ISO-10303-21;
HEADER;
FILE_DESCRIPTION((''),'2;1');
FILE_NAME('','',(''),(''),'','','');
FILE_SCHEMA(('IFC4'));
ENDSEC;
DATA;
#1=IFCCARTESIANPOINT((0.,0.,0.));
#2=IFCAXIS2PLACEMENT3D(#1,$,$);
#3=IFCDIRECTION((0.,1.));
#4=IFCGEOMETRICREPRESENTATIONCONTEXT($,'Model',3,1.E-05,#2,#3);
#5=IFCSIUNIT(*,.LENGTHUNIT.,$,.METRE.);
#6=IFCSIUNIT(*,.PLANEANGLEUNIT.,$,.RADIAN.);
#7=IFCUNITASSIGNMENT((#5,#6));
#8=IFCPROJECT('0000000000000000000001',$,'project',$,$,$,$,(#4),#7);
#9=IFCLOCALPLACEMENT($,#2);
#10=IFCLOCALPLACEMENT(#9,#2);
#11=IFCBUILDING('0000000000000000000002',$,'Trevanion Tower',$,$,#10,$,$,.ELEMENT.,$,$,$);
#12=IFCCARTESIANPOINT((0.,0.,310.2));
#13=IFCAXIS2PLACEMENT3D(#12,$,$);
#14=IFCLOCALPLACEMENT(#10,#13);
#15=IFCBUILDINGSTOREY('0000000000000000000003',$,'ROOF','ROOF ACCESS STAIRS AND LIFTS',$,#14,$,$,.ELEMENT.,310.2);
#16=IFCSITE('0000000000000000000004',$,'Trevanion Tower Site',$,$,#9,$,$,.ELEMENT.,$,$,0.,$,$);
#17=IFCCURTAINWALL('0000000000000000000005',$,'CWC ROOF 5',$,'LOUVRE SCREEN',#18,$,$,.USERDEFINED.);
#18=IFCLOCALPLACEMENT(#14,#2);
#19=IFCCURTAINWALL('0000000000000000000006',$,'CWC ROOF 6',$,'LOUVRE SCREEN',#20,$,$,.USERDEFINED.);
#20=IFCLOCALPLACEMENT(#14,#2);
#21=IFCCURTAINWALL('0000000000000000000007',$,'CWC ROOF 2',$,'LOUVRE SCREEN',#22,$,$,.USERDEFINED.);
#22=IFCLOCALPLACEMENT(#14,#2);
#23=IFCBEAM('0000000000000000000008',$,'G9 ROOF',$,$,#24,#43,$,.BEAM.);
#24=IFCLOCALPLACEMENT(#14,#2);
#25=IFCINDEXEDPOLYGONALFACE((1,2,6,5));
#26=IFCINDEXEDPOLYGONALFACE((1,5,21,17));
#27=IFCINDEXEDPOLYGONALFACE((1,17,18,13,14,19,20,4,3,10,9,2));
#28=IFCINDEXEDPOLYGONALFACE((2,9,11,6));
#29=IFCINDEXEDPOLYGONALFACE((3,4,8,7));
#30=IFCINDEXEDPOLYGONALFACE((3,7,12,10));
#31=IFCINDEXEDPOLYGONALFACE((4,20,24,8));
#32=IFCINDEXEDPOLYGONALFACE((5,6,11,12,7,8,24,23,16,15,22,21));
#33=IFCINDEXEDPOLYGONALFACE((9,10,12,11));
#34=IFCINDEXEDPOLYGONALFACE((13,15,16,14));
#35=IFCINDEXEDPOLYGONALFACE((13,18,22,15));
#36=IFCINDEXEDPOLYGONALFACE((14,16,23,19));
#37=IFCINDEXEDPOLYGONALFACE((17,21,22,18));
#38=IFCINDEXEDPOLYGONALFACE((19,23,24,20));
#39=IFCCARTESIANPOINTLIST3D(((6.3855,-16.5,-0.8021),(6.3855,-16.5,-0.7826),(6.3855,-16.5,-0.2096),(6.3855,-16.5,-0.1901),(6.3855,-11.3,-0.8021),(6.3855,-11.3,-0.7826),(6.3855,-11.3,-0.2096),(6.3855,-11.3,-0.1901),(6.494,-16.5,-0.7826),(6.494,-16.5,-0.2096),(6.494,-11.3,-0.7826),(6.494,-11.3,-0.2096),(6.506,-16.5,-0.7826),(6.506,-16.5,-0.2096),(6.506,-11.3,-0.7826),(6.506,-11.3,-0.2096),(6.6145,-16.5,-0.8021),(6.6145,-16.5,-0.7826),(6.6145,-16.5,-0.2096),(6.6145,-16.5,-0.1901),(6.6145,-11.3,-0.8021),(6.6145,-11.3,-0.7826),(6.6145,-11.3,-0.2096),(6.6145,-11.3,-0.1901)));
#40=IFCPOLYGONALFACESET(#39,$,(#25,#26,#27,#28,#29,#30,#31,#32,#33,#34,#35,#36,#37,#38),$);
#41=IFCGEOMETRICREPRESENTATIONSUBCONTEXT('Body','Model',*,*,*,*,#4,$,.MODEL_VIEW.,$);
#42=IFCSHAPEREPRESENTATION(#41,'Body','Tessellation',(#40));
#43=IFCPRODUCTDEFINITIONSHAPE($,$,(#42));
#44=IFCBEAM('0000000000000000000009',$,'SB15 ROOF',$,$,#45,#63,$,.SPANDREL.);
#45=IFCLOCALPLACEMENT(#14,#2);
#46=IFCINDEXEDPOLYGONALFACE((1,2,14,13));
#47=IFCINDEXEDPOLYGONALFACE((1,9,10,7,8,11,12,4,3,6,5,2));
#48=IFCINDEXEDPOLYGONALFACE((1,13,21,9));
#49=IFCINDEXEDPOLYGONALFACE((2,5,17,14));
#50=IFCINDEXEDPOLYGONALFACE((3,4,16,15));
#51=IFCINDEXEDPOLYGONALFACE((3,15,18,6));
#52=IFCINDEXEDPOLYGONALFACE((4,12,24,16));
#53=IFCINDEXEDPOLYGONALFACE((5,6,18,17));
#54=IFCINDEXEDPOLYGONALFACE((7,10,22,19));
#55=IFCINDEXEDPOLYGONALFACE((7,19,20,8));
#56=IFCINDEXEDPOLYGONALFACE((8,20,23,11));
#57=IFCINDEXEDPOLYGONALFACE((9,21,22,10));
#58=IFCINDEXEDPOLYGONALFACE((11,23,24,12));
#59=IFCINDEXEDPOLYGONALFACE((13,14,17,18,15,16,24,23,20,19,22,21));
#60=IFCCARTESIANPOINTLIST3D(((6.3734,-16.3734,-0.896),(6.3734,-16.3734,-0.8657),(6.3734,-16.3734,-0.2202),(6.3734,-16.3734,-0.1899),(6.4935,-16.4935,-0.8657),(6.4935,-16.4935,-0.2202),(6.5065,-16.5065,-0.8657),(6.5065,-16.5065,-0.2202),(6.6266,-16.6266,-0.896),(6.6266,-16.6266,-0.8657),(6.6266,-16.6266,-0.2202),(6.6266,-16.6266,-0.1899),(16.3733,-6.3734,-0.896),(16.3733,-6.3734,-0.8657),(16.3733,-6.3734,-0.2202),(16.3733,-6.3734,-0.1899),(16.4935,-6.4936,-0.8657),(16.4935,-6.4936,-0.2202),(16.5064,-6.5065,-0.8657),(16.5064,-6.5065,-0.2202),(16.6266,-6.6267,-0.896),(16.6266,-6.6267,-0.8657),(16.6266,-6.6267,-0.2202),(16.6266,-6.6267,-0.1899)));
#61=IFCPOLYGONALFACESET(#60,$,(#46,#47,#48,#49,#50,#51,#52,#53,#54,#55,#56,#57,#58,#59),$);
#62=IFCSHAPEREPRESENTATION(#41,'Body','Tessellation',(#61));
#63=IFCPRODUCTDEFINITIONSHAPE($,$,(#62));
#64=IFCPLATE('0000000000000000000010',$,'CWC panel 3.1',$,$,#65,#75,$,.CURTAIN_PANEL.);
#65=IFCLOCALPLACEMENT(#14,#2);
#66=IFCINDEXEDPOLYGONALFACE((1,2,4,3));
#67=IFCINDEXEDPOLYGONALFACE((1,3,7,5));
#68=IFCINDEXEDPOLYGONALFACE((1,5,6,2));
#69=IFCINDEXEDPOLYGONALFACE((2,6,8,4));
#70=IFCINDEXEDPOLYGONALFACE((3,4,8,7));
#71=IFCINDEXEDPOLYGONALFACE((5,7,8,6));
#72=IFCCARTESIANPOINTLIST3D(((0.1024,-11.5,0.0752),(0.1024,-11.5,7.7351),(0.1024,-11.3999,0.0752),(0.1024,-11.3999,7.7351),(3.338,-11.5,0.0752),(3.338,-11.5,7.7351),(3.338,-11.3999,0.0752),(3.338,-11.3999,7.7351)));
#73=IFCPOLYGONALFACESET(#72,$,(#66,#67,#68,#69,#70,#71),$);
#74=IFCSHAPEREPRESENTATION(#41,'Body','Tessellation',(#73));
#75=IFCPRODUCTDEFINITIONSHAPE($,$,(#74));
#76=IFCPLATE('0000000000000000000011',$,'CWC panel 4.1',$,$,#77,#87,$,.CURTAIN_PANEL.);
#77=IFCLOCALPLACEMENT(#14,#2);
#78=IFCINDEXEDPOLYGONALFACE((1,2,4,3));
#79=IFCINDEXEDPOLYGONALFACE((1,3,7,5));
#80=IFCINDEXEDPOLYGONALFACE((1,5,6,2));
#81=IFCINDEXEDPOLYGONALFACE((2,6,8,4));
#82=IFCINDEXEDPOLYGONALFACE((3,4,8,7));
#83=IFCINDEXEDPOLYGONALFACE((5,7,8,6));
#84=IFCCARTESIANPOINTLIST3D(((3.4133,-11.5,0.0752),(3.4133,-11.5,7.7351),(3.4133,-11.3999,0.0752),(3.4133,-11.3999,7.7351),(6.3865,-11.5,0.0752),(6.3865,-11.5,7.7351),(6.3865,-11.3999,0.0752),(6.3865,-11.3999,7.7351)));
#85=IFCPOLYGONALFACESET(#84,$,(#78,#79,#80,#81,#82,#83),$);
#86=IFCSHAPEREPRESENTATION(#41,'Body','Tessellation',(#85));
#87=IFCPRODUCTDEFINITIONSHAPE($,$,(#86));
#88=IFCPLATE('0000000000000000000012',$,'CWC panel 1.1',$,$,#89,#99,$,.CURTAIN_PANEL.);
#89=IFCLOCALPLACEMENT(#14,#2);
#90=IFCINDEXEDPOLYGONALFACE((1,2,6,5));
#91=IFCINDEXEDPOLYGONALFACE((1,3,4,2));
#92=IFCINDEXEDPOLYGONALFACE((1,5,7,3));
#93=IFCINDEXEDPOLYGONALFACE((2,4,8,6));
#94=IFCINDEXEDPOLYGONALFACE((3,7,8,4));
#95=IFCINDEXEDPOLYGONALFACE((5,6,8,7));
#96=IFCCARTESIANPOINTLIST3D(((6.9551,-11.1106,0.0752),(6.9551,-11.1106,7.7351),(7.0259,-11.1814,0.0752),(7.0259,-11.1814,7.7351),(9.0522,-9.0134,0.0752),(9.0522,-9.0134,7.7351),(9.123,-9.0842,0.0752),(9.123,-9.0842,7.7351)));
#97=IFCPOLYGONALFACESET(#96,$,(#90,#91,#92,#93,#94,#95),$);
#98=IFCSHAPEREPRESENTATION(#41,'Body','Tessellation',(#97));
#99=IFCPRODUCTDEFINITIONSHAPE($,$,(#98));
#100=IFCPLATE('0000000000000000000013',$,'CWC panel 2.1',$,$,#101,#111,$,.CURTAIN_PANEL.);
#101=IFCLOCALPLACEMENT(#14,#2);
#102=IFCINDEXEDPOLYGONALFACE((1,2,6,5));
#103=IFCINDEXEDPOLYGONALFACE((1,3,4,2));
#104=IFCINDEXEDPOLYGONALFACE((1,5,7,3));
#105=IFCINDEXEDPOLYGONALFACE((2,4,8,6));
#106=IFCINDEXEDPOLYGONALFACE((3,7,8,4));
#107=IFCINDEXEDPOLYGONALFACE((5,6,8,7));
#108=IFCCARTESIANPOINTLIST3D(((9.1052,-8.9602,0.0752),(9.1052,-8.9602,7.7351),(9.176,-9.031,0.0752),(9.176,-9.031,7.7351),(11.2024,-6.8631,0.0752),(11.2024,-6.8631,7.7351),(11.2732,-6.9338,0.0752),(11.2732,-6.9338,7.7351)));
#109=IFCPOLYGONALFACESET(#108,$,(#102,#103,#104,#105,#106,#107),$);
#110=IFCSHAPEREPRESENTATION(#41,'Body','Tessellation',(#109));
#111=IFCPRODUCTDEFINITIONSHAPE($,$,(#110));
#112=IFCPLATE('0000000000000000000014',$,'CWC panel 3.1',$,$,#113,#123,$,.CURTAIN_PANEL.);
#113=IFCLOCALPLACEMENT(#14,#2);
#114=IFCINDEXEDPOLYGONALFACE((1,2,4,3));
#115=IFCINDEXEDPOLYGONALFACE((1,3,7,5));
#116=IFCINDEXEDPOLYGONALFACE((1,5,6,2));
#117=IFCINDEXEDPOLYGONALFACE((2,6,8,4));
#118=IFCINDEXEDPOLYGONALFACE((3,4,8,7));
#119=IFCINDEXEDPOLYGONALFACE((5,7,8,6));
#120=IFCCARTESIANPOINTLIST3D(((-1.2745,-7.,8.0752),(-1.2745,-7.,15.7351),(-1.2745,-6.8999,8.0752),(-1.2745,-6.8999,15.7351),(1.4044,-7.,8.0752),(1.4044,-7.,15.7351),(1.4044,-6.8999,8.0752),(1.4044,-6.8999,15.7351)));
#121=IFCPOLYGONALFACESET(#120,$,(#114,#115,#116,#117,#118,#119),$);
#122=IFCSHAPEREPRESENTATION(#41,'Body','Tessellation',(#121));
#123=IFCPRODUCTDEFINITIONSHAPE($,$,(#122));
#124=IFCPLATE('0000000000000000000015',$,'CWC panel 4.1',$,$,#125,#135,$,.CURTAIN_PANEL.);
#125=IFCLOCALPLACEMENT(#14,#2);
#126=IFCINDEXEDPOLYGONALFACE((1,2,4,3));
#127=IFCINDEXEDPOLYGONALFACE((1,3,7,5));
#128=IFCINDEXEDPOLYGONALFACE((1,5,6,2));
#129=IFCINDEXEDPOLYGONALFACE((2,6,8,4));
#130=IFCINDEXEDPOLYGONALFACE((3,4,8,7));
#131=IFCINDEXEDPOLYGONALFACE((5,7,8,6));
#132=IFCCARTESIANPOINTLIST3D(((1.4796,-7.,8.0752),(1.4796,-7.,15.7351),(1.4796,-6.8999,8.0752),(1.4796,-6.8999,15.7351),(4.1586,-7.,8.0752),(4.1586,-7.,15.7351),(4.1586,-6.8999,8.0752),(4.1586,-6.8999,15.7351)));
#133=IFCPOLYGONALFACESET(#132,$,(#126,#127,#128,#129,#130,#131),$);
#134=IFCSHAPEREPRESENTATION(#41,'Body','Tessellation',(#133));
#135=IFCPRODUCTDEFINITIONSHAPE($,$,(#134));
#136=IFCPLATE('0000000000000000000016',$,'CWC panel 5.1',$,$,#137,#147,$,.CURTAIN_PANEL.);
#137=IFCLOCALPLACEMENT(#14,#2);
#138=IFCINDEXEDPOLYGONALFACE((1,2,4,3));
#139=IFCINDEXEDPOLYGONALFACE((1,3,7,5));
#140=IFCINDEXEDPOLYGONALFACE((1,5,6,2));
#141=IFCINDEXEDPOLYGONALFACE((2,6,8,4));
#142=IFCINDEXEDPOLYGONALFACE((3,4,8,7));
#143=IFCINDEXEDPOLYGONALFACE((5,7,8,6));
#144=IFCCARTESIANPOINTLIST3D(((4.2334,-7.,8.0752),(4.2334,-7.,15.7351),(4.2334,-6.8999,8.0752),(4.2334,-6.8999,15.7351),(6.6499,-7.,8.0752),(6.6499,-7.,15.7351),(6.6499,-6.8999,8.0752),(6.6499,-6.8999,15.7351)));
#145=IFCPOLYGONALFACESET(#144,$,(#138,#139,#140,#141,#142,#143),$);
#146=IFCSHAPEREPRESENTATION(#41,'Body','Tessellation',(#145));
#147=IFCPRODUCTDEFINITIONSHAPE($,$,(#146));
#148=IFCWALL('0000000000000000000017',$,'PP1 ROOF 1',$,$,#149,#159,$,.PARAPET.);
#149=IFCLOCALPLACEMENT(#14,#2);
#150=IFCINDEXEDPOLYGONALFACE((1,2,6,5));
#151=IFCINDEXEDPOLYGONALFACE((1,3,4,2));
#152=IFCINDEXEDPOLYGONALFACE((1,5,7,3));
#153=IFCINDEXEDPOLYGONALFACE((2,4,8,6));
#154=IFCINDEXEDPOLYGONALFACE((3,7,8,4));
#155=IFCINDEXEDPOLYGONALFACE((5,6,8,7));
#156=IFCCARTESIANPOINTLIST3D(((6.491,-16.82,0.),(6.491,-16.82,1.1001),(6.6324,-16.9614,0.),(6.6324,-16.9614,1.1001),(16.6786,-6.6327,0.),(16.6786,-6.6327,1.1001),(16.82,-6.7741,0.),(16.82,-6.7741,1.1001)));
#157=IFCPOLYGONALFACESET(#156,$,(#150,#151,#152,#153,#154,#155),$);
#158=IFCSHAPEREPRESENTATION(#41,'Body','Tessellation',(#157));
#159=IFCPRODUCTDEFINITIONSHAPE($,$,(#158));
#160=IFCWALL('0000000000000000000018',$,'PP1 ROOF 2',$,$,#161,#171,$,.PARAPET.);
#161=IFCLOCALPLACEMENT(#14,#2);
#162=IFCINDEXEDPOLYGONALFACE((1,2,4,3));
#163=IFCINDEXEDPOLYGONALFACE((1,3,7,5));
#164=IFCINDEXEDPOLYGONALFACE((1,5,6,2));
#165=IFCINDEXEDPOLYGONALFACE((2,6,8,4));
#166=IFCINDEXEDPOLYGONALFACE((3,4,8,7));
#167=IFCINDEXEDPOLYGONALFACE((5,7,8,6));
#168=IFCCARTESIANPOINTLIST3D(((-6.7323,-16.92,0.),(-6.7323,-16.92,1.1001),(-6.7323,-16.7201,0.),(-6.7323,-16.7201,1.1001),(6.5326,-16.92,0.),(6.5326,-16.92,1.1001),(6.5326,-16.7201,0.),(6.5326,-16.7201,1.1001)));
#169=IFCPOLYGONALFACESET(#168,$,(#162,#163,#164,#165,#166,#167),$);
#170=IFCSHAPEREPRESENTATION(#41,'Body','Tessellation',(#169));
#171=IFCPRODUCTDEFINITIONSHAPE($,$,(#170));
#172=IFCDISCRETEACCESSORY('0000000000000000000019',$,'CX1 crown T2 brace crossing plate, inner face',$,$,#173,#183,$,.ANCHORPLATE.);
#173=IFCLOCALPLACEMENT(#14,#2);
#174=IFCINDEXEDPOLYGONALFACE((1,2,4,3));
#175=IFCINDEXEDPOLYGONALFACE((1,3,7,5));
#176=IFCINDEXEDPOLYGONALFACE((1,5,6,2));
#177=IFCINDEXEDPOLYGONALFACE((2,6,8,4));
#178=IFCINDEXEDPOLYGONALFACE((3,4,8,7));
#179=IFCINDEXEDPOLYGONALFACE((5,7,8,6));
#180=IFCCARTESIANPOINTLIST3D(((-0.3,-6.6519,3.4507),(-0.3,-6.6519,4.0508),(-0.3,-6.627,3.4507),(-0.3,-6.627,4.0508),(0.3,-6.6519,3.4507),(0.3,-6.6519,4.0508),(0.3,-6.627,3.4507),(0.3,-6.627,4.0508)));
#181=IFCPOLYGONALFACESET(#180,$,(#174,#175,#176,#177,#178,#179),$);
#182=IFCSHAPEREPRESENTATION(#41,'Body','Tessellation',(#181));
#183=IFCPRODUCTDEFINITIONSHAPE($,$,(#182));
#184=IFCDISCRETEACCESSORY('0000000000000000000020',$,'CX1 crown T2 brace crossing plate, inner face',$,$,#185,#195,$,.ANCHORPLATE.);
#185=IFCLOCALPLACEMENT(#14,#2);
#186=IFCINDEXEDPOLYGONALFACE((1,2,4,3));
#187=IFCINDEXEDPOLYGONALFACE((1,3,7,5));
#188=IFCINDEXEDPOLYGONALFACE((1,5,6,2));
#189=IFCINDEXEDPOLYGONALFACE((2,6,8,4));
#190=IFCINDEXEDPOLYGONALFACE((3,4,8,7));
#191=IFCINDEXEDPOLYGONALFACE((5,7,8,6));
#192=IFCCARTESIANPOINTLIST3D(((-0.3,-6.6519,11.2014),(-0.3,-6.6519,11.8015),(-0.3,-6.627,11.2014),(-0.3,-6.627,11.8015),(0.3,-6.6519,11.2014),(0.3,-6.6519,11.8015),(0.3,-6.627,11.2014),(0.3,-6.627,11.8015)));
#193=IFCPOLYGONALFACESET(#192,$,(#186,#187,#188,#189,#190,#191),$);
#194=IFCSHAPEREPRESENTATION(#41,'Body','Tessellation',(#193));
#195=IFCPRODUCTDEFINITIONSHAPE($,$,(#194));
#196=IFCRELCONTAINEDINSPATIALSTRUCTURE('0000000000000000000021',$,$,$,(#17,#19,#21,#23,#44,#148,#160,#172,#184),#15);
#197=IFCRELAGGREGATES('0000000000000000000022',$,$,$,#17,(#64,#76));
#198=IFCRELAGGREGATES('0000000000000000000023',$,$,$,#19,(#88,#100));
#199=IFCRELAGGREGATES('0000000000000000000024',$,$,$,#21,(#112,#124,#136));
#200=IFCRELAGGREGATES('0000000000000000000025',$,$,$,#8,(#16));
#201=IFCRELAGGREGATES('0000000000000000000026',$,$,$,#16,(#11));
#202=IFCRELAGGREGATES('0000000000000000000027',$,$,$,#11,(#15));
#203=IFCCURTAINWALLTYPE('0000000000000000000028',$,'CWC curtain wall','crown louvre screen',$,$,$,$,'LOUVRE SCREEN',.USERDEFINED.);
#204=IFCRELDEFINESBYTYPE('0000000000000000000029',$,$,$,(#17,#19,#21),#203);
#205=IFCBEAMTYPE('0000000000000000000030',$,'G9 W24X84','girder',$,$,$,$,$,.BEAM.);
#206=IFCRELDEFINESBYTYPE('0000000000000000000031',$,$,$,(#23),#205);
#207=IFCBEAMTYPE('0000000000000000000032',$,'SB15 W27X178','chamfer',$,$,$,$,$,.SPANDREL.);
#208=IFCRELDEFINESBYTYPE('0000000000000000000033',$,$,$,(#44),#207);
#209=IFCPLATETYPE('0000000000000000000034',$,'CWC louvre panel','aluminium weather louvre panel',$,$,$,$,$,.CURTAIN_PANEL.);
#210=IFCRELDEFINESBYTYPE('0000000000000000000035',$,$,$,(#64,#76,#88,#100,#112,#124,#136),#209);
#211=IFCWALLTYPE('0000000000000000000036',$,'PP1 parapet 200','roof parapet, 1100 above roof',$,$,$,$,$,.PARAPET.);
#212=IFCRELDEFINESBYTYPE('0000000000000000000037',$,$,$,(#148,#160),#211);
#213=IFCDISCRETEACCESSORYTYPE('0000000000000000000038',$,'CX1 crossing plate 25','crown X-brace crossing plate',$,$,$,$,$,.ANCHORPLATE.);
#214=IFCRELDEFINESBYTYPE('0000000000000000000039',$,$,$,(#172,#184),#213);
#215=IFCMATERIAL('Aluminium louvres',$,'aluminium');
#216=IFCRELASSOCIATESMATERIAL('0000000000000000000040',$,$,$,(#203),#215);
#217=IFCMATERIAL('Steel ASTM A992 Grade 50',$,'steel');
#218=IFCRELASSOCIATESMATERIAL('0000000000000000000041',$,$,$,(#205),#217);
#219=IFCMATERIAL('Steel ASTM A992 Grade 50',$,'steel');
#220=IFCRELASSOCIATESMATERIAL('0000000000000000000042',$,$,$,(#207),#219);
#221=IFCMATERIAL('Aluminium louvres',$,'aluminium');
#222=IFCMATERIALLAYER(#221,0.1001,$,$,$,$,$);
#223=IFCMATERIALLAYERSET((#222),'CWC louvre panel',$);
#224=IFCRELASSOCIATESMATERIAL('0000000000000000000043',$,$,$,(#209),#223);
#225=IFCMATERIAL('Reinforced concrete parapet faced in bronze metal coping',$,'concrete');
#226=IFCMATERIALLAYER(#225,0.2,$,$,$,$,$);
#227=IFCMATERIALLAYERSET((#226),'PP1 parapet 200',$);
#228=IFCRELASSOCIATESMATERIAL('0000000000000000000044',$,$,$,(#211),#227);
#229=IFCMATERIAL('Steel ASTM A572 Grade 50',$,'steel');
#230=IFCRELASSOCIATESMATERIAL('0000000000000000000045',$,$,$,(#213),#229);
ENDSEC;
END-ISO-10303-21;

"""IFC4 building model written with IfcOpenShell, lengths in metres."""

from ifc_helpers import new_model, si_unit, direction, frame, frame_2d, origin, origin_2d, place, context, subcontext, project, spatial, rectangle, i_section, extrude, material, layer, layer_set, material_profile, profile_set, type_object, element, aggregate, save


model = new_model("IFC4")

# Units and contexts
model_context = context("Model", 3, precision=1e-05, world=origin(), true_north=direction((0.0, 1.0)))
body_context = subcontext(model_context, "Body", "Model", "MODEL_VIEW")
ifc_project = project(units=[si_unit("LENGTHUNIT", "METRE"), si_unit("PLANEANGLEUNIT", "RADIAN")], contexts=[model_context])

# Site, building, storey
site_placement = place(None, origin())
site = spatial("IfcSite", under=ifc_project, at=site_placement, Name="Trevanion Tower Site", CompositionType="ELEMENT", RefElevation=0.0)
building_placement = place(site_placement, origin())
building = spatial("IfcBuilding", under=site, at=building_placement, Name="Trevanion Tower", CompositionType="ELEMENT")
storey_placement = place(building_placement, frame((0.0, 0.0, 310.2)))
storey = spatial("IfcBuildingStorey", under=building, at=storey_placement, Name="ROOF", Description="ROOF ACCESS STAIRS AND LIFTS", CompositionType="ELEMENT", Elevation=310.2)

# Curtain wall
ifc_material_1 = material(Name="Aluminium louvres", Category="aluminium")
curtain_wall_type = type_object("IfcCurtainWallType", Name="CWC curtain wall", Description="crown louvre screen", ElementType="LOUVRE SCREEN", PredefinedType="USERDEFINED", material=ifc_material_1)
curtain_wall_1_placement = place(storey_placement, origin())
curtain_wall_1 = element("IfcCurtainWall", 1, at=curtain_wall_1_placement, inside=storey, type_object=curtain_wall_type, Name="CWC ROOF 5", ObjectType="LOUVRE SCREEN", PredefinedType="USERDEFINED")

# Curtain wall
curtain_wall_2_placement = place(storey_placement, origin())
curtain_wall_2 = element("IfcCurtainWall", 2, at=curtain_wall_2_placement, inside=storey, type_object=curtain_wall_type, Name="CWC ROOF 6", ObjectType="LOUVRE SCREEN", PredefinedType="USERDEFINED")

# Curtain wall
curtain_wall_3_placement = place(storey_placement, origin())
curtain_wall_3 = element("IfcCurtainWall", 3, at=curtain_wall_3_placement, inside=storey, type_object=curtain_wall_type, Name="CWC ROOF 2", ObjectType="LOUVRE SCREEN", PredefinedType="USERDEFINED")

# Beams
ifc_material_2 = material(Name="Steel ASTM A992 Grade 50", Category="steel")
ifc_material_profile_1 = material_profile(ifc_material_2, i_section(OverallWidth=0.229, OverallDepth=0.6121, WebThickness=0.012, FlangeThickness=0.0195, at=origin_2d()), Name="W24X84")
ifc_profile_set_1 = profile_set([ifc_material_profile_1], Name="Steel ASTM A992 Grade 50")
beam_type_1 = type_object("IfcBeamType", Name="G9 W24X84", Description="girder", PredefinedType="BEAM", material=ifc_profile_set_1)
beam_1_placement = place(storey_placement, frame((6.5, -11.3, -0.4961), z_axis=(0.0, -1.0, 0.0), x_axis=(1.0, 0.0, 0.0)))
element("IfcBeam", 4, at=beam_1_placement, inside=storey, type_object=beam_type_1, Name="G9 ROOF", PredefinedType="BEAM", context=body_context, shape_type="SweptSolid", body=[
    extrude(i_section(OverallWidth=0.229, OverallDepth=0.6121, WebThickness=0.012, FlangeThickness=0.0195, at=origin_2d()), origin(), (0.0, 0.0, 1.0), 5.2),
])
ifc_material_3 = material(Name="Steel ASTM A992 Grade 50", Category="steel")
ifc_material_profile_2 = material_profile(ifc_material_3, i_section(OverallWidth=0.3582, OverallDepth=0.7061, WebThickness=0.0183, FlangeThickness=0.0303, at=origin_2d()), Name="W27X178")
ifc_profile_set_2 = profile_set([ifc_material_profile_2], Name="Steel ASTM A992 Grade 50")
beam_type_2 = type_object("IfcBeamType", Name="SB15 W27X178", Description="chamfer", PredefinedType="SPANDREL", material=ifc_profile_set_2)
beam_2_placement = place(storey_placement, frame((6.5, -16.5, -0.543), z_axis=(0.707107, 0.707107, 0.0), x_axis=(-0.707107, 0.707107, 0.0)))
element("IfcBeam", 5, at=beam_2_placement, inside=storey, type_object=beam_type_2, Name="SB15 ROOF", PredefinedType="SPANDREL", context=body_context, shape_type="SweptSolid", body=[
    extrude(i_section(OverallWidth=0.3582, OverallDepth=0.7061, WebThickness=0.0183, FlangeThickness=0.0303, at=origin_2d()), origin(), (0.0, 0.0, 1.0), 14.1421),
])

# Plates
ifc_material_4 = material(Name="Aluminium louvres", Category="aluminium")
ifc_layer_1 = layer(ifc_material_4, 0.1001)
ifc_layer_set_1 = layer_set([ifc_layer_1], Name="CWC louvre panel")
plate_type = type_object("IfcPlateType", Name="CWC louvre panel", Description="aluminium weather louvre panel", PredefinedType="CURTAIN_PANEL", material=ifc_layer_set_1)
plate_1_placement = place(storey_placement, frame((1.7202, -11.45, 0.0752), z_axis=(0.0, 0.0, 1.0), x_axis=(1.0, 0.0, 0.0)))
plate_1 = element("IfcPlate", 6, at=plate_1_placement, type_object=plate_type, Name="CWC panel 3.1", PredefinedType="CURTAIN_PANEL", context=body_context, shape_type="SweptSolid", body=[
    extrude(rectangle(XDim=3.2356, YDim=0.1001, at=origin_2d()), origin(), (0.0, 0.0, 1.0), 7.6599),
])
plate_2_placement = place(storey_placement, frame((4.8999, -11.45, 0.0752), z_axis=(0.0, 0.0, 1.0), x_axis=(1.0, 0.0, 0.0)))
plate_2 = element("IfcPlate", 7, at=plate_2_placement, type_object=plate_type, Name="CWC panel 4.1", PredefinedType="CURTAIN_PANEL", context=body_context, shape_type="SweptSolid", body=[
    extrude(rectangle(XDim=2.9731, YDim=0.1001, at=origin_2d()), origin(), (0.0, 0.0, 1.0), 7.6599),
])
aggregate(curtain_wall_1, [plate_1, plate_2])
plate_3_placement = place(storey_placement, frame((8.0391, -10.0974, 0.0752), z_axis=(0.0, 0.0, 1.0), x_axis=(0.707107, 0.707107, 0.0)))
plate_3 = element("IfcPlate", 8, at=plate_3_placement, type_object=plate_type, Name="CWC panel 1.1", PredefinedType="CURTAIN_PANEL", context=body_context, shape_type="SweptSolid", body=[
    extrude(rectangle(XDim=2.9658, YDim=0.1001, at=origin_2d()), origin(), (0.0, 0.0, 1.0), 7.6599),
])
plate_4_placement = place(storey_placement, frame((10.1892, -7.947, 0.0752), z_axis=(0.0, 0.0, 1.0), x_axis=(0.707107, 0.707107, 0.0)))
plate_4 = element("IfcPlate", 9, at=plate_4_placement, type_object=plate_type, Name="CWC panel 2.1", PredefinedType="CURTAIN_PANEL", context=body_context, shape_type="SweptSolid", body=[
    extrude(rectangle(XDim=2.9658, YDim=0.1001, at=origin_2d()), origin(), (0.0, 0.0, 1.0), 7.6599),
])
aggregate(curtain_wall_2, [plate_3, plate_4])
plate_5_placement = place(storey_placement, frame((0.0649, -6.95, 8.0752), z_axis=(0.0, 0.0, 1.0), x_axis=(1.0, 0.0, 0.0)))
plate_5 = element("IfcPlate", 10, at=plate_5_placement, type_object=plate_type, Name="CWC panel 3.1", PredefinedType="CURTAIN_PANEL", context=body_context, shape_type="SweptSolid", body=[
    extrude(rectangle(XDim=2.679, YDim=0.1001, at=origin_2d()), origin(), (0.0, 0.0, 1.0), 7.6599),
])
plate_6_placement = place(storey_placement, frame((2.8191, -6.95, 8.0752), z_axis=(0.0, 0.0, 1.0), x_axis=(1.0, 0.0, 0.0)))
plate_6 = element("IfcPlate", 11, at=plate_6_placement, type_object=plate_type, Name="CWC panel 4.1", PredefinedType="CURTAIN_PANEL", context=body_context, shape_type="SweptSolid", body=[
    extrude(rectangle(XDim=2.679, YDim=0.1001, at=origin_2d()), origin(), (0.0, 0.0, 1.0), 7.6599),
])
plate_7_placement = place(storey_placement, frame((5.4417, -6.95, 8.0752), z_axis=(0.0, 0.0, 1.0), x_axis=(1.0, 0.0, 0.0)))
plate_7 = element("IfcPlate", 12, at=plate_7_placement, type_object=plate_type, Name="CWC panel 5.1", PredefinedType="CURTAIN_PANEL", context=body_context, shape_type="SweptSolid", body=[
    extrude(rectangle(XDim=2.4165, YDim=0.1001, at=origin_2d()), origin(), (0.0, 0.0, 1.0), 7.6599),
])
aggregate(curtain_wall_3, [plate_5, plate_6, plate_7])

# Walls
ifc_material_5 = material(Name="Reinforced concrete parapet faced in bronze metal coping", Category="concrete")
ifc_layer_2 = layer(ifc_material_5, 0.2)
ifc_layer_set_2 = layer_set([ifc_layer_2], Name="PP1 parapet 200")
wall_type = type_object("IfcWallType", Name="PP1 parapet 200", Description="roof parapet, 1100 above roof", PredefinedType="PARAPET", material=ifc_layer_set_2)
wall_1_placement = place(storey_placement, frame((16.7493, -6.7034, 0.0), z_axis=(0.0, 0.0, 1.0), x_axis=(-0.707115, -0.707098, 0.0)))
element("IfcWall", 13, at=wall_1_placement, inside=storey, type_object=wall_type, Name="PP1 ROOF 1", PredefinedType="PARAPET", context=body_context, shape_type="SweptSolid", body=[
    extrude(rectangle(XDim=14.4072, YDim=0.2, at=frame_2d((7.2036, 0.0))), origin(), (0.0, 0.0, 1.0), 1.1001),
])
wall_2_placement = place(storey_placement, frame((6.5325, -16.8201, 0.0), z_axis=(0.0, 0.0, 1.0), x_axis=(-1.0, 0.0, 0.0)))
element("IfcWall", 14, at=wall_2_placement, inside=storey, type_object=wall_type, Name="PP1 ROOF 2", PredefinedType="PARAPET", context=body_context, shape_type="SweptSolid", body=[
    extrude(rectangle(XDim=13.2649, YDim=0.2, at=frame_2d((6.6323, 0.0))), origin(), (0.0, 0.0, 1.0), 1.1001),
])

# Discrete accessories
ifc_material_6 = material(Name="Steel ASTM A572 Grade 50", Category="steel")
discrete_accessory_type = type_object("IfcDiscreteAccessoryType", Name="CX1 crossing plate 25", Description="crown X-brace crossing plate", PredefinedType="ANCHORPLATE", material=ifc_material_6)
for number, where, z_axis, x_axis, name in (
    (15, (0.0, -6.6394, 3.4507), (0.0, 0.0, 1.0), (1.0, 0.0, 0.0), "CX1 crown T2 brace crossing plate, inner face"),
    (16, (0.0, -6.6394, 11.2014), (0.0, 0.0, 1.0), (1.0, 0.0, 0.0), "CX1 crown T2 brace crossing plate, inner face"),
):
    element("IfcDiscreteAccessory", number, at=place(storey_placement, frame(where, z_axis=z_axis, x_axis=x_axis)), inside=storey, type_object=discrete_accessory_type, Name=name, PredefinedType="ANCHORPLATE", context=body_context, shape_type="SweptSolid", body=[
        extrude(rectangle(XDim=0.6001, YDim=0.0249, at=origin_2d()), origin(), (0.0, 0.0, 1.0), 0.6001),
    ])

save(model, "model.ifc")
